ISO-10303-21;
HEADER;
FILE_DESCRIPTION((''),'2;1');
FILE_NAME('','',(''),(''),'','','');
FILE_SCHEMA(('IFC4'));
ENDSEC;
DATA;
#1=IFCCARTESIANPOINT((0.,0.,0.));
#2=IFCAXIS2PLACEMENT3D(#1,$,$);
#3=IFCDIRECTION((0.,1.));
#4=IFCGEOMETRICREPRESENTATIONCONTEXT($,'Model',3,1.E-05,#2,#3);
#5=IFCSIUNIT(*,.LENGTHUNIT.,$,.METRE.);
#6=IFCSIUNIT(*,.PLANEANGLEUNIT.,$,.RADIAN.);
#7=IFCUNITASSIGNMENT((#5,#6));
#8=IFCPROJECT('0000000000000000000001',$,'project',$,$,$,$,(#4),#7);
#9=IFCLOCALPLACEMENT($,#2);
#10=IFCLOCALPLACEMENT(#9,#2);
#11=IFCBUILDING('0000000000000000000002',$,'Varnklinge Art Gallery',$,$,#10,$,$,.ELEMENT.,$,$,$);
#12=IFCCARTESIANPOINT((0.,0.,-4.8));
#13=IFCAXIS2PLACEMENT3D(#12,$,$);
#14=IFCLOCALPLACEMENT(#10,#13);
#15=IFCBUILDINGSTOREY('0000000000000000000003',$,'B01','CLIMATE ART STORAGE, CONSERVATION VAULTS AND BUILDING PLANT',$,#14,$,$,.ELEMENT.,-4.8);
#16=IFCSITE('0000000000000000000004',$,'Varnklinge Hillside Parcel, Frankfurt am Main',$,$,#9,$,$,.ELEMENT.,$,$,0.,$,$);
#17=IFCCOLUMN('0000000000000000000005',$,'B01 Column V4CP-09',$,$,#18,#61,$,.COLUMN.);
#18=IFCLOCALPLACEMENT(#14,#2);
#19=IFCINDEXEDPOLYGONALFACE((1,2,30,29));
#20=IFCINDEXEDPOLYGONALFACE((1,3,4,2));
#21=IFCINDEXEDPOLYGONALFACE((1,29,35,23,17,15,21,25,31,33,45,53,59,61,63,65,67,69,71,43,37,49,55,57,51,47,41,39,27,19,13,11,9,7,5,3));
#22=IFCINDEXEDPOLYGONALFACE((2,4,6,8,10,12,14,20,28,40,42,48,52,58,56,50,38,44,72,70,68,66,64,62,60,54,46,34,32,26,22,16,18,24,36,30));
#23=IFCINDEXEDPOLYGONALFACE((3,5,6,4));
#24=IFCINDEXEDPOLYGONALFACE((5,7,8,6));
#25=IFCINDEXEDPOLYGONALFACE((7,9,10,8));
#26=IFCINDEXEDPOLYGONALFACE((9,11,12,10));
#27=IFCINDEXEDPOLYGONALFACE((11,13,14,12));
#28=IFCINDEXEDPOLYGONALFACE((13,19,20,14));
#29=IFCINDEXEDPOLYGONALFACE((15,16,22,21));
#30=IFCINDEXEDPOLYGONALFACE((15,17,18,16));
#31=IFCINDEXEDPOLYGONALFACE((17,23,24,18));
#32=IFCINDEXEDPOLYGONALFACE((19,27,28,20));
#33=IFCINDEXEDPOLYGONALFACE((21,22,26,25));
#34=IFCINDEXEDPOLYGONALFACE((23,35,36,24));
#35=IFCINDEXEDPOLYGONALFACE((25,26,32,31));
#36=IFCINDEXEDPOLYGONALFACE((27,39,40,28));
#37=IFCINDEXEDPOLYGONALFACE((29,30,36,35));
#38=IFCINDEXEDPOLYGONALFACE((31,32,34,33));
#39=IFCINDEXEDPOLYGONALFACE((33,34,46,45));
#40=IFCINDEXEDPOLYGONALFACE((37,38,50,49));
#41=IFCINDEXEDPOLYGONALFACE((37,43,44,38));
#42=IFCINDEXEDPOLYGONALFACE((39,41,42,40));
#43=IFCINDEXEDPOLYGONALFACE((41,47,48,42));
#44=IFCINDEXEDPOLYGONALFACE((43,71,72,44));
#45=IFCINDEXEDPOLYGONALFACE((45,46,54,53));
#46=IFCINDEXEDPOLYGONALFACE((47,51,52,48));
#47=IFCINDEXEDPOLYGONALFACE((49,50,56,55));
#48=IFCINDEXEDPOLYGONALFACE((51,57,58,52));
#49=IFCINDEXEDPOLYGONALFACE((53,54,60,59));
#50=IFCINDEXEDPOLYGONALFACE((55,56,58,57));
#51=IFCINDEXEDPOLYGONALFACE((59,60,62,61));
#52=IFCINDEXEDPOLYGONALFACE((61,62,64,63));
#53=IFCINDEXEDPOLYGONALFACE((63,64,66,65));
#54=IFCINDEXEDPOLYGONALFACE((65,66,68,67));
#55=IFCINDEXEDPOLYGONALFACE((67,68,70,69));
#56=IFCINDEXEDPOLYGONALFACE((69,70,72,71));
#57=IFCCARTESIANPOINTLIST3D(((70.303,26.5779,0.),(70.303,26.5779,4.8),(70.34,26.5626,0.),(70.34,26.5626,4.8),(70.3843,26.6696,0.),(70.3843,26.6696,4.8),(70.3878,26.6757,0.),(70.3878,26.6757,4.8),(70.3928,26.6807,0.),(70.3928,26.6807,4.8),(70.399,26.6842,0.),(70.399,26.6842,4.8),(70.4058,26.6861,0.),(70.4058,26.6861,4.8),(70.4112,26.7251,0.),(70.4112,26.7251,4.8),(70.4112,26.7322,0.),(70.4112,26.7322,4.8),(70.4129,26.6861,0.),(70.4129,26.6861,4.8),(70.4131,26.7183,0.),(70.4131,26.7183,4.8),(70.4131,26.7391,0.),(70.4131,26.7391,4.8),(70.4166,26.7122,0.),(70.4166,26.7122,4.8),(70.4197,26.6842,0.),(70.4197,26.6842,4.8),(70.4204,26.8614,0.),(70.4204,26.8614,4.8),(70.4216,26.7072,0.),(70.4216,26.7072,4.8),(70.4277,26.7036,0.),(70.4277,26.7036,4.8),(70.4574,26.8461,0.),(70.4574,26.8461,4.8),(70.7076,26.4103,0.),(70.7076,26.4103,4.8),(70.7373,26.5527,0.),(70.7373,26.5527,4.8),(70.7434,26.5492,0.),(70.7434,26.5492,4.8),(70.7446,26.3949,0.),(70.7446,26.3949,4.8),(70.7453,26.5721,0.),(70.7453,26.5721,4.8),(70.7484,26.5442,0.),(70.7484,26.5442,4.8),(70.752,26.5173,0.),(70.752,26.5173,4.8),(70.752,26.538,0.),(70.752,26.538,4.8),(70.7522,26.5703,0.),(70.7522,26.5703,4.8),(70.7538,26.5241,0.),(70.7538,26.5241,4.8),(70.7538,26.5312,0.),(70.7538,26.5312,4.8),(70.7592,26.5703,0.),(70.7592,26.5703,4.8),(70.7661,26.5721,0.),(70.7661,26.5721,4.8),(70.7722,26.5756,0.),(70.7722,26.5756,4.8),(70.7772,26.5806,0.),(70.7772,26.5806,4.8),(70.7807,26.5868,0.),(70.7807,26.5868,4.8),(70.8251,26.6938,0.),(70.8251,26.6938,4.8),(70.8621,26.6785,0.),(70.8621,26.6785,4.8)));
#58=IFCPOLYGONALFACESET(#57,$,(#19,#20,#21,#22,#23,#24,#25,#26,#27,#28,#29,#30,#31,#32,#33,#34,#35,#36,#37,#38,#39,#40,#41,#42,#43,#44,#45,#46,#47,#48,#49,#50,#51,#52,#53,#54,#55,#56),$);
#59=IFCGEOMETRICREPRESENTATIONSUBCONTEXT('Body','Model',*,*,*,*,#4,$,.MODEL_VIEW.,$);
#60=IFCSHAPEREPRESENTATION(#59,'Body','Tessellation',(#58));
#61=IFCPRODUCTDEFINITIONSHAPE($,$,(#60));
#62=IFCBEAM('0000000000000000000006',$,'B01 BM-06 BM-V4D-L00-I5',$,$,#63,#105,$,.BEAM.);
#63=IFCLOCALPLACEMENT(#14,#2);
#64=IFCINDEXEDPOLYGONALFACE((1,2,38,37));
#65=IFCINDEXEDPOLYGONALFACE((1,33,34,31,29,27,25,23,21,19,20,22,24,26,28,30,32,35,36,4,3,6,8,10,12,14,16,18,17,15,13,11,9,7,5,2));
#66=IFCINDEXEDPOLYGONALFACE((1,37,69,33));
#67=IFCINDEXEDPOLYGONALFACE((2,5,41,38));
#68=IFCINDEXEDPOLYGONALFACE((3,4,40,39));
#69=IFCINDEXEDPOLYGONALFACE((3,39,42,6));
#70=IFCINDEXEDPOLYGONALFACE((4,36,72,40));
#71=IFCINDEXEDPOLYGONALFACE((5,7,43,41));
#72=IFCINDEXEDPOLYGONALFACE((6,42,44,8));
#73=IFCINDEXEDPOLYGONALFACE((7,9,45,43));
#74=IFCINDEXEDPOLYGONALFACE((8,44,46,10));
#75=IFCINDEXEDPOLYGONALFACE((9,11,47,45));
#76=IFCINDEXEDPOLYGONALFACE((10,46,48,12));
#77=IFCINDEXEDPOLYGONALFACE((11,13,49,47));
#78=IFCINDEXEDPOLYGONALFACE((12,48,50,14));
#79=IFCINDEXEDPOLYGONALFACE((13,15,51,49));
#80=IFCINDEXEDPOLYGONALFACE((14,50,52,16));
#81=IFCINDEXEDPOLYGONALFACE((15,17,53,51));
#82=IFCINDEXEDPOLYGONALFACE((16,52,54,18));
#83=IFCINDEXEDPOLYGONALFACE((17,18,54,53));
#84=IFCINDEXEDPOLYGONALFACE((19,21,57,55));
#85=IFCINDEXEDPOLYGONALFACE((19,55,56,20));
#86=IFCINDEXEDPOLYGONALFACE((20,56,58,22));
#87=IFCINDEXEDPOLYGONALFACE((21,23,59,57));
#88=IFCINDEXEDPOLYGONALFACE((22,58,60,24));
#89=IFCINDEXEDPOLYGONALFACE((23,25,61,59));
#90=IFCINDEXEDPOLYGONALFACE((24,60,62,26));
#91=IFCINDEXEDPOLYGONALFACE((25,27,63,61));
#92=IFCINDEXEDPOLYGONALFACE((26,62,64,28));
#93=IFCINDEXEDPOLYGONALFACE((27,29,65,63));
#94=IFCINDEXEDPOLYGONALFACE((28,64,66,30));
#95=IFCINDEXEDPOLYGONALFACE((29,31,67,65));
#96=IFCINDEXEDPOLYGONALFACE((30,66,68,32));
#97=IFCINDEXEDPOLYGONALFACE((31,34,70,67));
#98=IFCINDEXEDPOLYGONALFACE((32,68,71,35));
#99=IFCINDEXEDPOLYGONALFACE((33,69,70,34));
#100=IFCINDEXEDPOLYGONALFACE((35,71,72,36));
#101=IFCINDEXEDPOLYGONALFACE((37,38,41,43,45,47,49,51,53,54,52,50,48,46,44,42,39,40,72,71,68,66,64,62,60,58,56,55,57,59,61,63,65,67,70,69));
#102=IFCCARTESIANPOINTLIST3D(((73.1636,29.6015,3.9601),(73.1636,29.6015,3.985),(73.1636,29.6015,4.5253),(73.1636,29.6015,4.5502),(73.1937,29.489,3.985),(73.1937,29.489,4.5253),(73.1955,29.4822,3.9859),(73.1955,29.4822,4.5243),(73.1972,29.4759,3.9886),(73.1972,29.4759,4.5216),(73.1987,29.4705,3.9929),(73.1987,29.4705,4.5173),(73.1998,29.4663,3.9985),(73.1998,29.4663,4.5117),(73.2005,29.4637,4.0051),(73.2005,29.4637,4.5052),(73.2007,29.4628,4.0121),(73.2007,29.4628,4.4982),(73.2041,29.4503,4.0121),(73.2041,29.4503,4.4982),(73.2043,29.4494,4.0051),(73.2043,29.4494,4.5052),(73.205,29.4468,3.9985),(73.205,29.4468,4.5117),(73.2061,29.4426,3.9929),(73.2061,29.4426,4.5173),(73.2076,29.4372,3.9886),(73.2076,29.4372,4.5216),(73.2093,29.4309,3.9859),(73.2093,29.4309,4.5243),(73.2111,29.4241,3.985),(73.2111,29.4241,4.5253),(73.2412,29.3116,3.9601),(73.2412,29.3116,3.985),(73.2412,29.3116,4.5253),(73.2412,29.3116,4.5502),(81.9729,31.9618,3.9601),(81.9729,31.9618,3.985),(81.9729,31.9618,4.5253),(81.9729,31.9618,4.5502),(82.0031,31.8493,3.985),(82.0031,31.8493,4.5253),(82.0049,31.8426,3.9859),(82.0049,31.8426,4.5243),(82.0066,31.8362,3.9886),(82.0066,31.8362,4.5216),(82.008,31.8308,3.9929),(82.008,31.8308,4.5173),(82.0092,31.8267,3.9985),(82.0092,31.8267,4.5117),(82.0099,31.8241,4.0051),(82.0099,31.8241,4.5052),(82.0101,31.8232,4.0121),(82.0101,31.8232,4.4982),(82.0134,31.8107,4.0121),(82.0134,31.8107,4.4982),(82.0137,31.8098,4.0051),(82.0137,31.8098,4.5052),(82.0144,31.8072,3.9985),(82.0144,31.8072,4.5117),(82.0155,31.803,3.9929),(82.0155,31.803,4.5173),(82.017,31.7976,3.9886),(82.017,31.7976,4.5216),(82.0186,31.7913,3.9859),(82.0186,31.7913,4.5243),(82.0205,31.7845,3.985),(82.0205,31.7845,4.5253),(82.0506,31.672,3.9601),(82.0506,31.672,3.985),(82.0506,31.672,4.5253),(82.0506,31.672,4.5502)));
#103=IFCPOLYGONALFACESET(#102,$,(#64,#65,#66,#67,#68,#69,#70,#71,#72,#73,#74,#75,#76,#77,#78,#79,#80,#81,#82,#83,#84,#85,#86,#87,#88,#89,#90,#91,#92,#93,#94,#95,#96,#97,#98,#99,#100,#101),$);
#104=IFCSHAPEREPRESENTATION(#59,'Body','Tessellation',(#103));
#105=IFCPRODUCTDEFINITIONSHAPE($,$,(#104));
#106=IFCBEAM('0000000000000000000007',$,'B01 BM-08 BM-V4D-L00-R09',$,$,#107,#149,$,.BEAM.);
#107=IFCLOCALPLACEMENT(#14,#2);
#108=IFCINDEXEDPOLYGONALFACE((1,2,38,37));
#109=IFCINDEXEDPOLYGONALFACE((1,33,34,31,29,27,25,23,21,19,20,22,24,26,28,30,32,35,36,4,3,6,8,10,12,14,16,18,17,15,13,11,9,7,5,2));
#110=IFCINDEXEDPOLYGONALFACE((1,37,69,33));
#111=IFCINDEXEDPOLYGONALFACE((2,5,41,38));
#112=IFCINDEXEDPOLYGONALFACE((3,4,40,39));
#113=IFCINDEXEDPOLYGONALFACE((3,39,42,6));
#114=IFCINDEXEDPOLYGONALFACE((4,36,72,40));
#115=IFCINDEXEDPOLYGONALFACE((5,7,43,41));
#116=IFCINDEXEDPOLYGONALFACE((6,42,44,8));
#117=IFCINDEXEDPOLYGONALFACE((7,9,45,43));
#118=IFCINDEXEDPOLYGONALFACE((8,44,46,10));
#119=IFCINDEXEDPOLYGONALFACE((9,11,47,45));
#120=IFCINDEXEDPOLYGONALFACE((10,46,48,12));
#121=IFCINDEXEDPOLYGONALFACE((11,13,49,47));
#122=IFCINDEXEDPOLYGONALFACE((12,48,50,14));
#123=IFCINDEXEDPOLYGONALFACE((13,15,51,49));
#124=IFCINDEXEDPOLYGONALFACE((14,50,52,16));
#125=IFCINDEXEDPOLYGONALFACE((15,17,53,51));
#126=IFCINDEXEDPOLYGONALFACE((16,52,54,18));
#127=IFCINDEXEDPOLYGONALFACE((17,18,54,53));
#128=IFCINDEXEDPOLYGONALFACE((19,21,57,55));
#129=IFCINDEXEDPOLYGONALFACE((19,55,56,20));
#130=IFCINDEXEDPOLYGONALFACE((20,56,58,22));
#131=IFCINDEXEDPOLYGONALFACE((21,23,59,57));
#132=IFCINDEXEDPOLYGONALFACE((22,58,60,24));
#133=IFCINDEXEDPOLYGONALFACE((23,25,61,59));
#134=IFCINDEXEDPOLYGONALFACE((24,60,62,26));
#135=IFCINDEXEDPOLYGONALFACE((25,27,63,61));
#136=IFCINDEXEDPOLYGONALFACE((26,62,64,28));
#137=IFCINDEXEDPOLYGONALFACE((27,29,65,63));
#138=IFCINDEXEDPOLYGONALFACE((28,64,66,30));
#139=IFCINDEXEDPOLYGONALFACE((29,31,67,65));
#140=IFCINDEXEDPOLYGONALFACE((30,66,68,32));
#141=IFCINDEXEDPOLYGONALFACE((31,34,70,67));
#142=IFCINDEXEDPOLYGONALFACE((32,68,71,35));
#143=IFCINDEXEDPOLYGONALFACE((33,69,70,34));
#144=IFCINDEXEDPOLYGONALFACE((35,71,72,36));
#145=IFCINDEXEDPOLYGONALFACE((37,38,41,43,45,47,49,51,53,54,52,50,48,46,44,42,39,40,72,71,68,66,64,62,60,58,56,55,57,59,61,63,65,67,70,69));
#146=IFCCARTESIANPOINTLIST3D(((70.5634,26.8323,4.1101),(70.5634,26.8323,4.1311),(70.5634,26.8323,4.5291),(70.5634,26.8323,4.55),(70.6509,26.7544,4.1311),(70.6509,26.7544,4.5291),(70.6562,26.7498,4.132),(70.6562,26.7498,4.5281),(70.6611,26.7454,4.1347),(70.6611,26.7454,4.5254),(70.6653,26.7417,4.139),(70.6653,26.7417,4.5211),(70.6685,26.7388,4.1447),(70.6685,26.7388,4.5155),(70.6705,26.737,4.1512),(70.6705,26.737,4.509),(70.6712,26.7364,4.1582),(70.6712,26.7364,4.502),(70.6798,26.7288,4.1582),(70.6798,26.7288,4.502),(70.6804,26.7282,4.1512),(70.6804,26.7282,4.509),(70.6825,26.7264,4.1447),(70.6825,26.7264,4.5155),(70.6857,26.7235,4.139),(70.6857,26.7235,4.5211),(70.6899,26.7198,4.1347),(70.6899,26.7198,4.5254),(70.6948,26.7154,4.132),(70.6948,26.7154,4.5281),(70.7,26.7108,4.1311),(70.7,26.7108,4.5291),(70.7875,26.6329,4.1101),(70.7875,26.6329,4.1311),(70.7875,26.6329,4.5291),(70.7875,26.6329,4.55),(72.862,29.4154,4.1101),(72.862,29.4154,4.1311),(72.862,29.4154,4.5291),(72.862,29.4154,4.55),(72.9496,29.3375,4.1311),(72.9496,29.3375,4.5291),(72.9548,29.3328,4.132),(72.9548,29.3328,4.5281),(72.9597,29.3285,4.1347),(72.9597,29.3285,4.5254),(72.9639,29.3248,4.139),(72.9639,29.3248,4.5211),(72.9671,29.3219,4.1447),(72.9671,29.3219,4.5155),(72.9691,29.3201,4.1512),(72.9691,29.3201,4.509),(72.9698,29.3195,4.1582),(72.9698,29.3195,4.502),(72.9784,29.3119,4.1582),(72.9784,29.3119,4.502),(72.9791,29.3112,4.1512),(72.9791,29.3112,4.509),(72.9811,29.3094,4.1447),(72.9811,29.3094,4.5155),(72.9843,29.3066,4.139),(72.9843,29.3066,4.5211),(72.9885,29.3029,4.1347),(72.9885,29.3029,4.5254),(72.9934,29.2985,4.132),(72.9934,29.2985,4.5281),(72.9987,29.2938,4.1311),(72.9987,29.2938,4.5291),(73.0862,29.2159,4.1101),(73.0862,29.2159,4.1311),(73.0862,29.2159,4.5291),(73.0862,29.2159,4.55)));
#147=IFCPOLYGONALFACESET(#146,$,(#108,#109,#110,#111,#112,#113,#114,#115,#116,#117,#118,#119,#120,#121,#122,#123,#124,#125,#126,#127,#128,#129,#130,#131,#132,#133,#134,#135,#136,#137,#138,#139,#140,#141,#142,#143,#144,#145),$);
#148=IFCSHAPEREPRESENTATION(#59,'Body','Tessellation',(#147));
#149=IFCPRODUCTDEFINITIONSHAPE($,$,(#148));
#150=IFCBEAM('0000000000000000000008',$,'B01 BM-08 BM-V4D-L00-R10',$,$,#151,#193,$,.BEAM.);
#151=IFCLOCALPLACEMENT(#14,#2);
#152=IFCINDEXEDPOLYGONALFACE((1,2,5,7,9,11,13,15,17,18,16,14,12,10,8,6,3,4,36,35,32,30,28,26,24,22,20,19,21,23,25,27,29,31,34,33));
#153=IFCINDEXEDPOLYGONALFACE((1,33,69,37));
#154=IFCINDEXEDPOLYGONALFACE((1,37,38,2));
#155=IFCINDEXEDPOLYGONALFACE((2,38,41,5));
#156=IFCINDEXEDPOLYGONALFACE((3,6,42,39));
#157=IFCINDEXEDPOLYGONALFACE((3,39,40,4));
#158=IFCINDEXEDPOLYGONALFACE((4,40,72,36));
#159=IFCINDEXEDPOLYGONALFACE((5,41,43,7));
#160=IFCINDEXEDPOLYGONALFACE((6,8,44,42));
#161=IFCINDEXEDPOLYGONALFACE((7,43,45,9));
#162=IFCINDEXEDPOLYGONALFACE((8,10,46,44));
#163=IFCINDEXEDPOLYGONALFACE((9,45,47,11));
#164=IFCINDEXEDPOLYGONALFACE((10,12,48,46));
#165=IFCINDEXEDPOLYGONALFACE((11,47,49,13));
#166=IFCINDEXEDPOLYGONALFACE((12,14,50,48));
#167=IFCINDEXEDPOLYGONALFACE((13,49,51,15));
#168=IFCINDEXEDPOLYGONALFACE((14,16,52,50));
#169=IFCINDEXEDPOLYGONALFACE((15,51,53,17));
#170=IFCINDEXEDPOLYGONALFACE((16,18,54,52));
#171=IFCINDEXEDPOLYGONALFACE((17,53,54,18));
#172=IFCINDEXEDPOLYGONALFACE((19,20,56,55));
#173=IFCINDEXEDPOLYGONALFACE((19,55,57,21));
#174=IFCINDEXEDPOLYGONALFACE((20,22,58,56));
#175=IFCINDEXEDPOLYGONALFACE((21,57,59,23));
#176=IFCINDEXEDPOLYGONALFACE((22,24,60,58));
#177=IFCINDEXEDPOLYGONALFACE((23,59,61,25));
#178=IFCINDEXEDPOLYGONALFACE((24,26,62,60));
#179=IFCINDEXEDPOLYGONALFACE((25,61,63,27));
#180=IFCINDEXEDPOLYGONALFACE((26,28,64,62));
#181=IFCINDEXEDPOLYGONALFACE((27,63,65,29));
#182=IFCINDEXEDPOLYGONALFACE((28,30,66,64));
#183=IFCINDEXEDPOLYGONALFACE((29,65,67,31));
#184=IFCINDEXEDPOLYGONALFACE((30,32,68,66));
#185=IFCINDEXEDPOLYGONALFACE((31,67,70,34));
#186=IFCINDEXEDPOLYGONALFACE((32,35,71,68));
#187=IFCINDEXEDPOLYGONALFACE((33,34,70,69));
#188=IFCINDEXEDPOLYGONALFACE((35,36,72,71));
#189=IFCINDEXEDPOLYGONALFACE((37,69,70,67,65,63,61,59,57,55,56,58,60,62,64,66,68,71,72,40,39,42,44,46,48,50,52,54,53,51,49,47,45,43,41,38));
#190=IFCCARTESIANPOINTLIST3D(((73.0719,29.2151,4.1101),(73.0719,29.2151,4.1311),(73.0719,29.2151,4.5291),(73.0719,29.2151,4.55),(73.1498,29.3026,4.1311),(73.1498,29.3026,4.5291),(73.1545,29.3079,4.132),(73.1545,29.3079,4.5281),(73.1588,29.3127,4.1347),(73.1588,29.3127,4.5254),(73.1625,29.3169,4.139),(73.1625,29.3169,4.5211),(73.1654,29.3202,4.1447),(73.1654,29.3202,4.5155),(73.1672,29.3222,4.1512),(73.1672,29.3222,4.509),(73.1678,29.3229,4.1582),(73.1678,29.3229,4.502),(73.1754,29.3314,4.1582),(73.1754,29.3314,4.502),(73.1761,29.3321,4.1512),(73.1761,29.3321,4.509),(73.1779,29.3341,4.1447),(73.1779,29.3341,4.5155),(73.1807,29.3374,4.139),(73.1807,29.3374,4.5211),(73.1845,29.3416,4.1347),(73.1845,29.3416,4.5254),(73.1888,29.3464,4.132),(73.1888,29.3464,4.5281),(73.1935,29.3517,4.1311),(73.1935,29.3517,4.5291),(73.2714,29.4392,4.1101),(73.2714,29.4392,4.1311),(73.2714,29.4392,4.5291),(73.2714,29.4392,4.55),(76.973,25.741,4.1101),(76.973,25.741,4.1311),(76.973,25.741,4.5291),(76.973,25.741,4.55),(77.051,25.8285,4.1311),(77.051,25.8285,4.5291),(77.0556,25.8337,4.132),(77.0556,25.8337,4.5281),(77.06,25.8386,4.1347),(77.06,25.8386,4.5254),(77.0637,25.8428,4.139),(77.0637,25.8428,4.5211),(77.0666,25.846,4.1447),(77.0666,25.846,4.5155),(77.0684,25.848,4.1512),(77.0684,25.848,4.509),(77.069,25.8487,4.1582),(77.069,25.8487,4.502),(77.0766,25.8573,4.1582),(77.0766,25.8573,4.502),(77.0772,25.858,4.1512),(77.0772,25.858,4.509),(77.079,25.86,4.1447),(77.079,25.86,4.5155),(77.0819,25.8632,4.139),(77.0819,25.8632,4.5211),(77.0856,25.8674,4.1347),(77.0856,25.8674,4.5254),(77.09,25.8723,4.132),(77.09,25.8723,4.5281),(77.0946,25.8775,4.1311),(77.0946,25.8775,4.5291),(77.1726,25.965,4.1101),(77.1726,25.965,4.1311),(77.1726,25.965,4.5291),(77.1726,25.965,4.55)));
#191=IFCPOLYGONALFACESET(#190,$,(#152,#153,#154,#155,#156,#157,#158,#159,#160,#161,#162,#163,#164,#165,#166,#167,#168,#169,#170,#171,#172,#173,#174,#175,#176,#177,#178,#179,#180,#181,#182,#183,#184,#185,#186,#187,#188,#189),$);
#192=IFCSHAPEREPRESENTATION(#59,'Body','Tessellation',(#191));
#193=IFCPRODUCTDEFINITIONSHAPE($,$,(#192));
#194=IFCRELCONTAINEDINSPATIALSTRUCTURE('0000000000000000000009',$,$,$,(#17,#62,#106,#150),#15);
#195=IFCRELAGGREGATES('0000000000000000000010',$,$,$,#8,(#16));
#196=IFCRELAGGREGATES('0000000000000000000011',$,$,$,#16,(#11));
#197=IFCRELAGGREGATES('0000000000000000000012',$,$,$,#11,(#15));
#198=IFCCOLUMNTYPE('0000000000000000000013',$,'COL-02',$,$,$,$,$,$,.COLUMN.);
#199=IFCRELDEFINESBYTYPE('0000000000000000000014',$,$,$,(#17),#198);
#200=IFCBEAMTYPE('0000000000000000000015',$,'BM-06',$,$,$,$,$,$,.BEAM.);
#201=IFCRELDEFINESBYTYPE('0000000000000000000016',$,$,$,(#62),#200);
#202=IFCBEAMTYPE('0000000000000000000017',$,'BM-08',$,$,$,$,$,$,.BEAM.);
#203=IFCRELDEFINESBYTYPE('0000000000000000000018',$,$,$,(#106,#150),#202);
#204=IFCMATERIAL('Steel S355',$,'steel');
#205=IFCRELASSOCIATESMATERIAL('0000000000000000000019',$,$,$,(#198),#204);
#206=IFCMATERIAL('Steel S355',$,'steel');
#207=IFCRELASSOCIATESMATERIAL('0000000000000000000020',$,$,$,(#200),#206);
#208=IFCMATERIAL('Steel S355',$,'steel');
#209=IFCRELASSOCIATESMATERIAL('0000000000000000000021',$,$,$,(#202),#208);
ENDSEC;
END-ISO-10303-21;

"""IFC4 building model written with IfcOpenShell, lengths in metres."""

from ifc_helpers import new_model, si_unit, direction, frame, origin, origin_2d, place, context, subcontext, project, spatial, i_section, extrude, material, material_profile, profile_set, type_object, element, save


model = new_model("IFC4")

# Units and contexts
model_context = context("Model", 3, precision=1e-05, world=origin(), true_north=direction((0.0, 1.0)))
body_context = subcontext(model_context, "Body", "Model", "MODEL_VIEW")
ifc_project = project(units=[si_unit("LENGTHUNIT", "METRE"), si_unit("PLANEANGLEUNIT", "RADIAN")], contexts=[model_context])

# Site, building, storey
site_placement = place(None, origin())
site = spatial("IfcSite", under=ifc_project, at=site_placement, Name="Varnklinge Hillside Parcel, Frankfurt am Main", CompositionType="ELEMENT", RefElevation=0.0)
building_placement = place(site_placement, origin())
building = spatial("IfcBuilding", under=site, at=building_placement, Name="Varnklinge Art Gallery", CompositionType="ELEMENT")
storey_placement = place(building_placement, frame((0.0, 0.0, -4.8)))
storey = spatial("IfcBuildingStorey", under=building, at=storey_placement, Name="B01", Description="CLIMATE ART STORAGE, CONSERVATION VAULTS AND BUILDING PLANT", CompositionType="ELEMENT", Elevation=-4.8)

# Column
ifc_material_1 = material(Name="Steel S355", Category="steel")
ifc_material_profile_1 = material_profile(ifc_material_1, i_section(OverallWidth=0.3069, OverallDepth=0.478, WebThickness=0.021, FlangeThickness=0.04, FilletRadius=0.0271, at=origin_2d()), Name="HEM 450")
ifc_profile_set_1 = profile_set([ifc_material_profile_1], Name="Steel S355")
column_type_1 = type_object("IfcColumnType", Name="COL-02", PredefinedType="COLUMN", material=ifc_profile_set_1)
column_1_placement = place(storey_placement, frame((70.5825, 26.6282, 0.0), z_axis=(0.0, 0.0, 1.0), x_axis=(-0.382683, -0.92388, 0.0)))
element("IfcColumn", 1, at=column_1_placement, inside=storey, type_object=column_type_1, Name="B01 Column V4CP-09", PredefinedType="COLUMN", context=body_context, shape_type="SweptSolid", body=[
    extrude(i_section(OverallWidth=0.3069, OverallDepth=0.478, WebThickness=0.021, FlangeThickness=0.04, FilletRadius=0.0271, at=origin_2d()), origin(), (0.0, 0.0, 1.0), 4.8),
])

# Beams
ifc_material_2 = material(Name="Steel S355", Category="steel")
ifc_material_profile_2 = material_profile(ifc_material_2, i_section(OverallWidth=0.3, OverallDepth=0.5901, WebThickness=0.0129, FlangeThickness=0.0249, FilletRadius=0.0271, at=origin_2d()), Name="HEA 600")
ifc_profile_set_2 = profile_set([ifc_material_profile_2], Name="Steel S355")
beam_type_1 = type_object("IfcBeamType", Name="BM-06", PredefinedType="BEAM", material=ifc_profile_set_2)
beam_1_placement = place(storey_placement, frame((73.2024, 29.4565, 4.2551), z_axis=(0.965929, 0.258809, 0.0), x_axis=(-0.258809, 0.965929, 0.0)))
element("IfcBeam", 2, at=beam_1_placement, inside=storey, type_object=beam_type_1, Name="B01 BM-06 BM-V4D-L00-I5", PredefinedType="BEAM", context=body_context, shape_type="SweptSolid", body=[
    extrude(i_section(OverallWidth=0.3, OverallDepth=0.5901, WebThickness=0.0129, FlangeThickness=0.0249, FilletRadius=0.0271, at=origin_2d()), origin(), (0.0, 0.0, 1.0), 9.1201),
])
ifc_material_3 = material(Name="Steel S355", Category="steel")
ifc_material_profile_3 = material_profile(ifc_material_3, i_section(OverallWidth=0.3, OverallDepth=0.4399, WebThickness=0.0115, FlangeThickness=0.021, FilletRadius=0.0271, at=origin_2d()), Name="HEA 450")
ifc_profile_set_3 = profile_set([ifc_material_profile_3], Name="Steel S355")
beam_type_2 = type_object("IfcBeamType", Name="BM-08", PredefinedType="BEAM", material=ifc_profile_set_3)
beam_2_placement = place(storey_placement, frame((72.9741, 29.3157, 4.3301), z_axis=(-0.66478, -0.747039, 0.0), x_axis=(0.747039, -0.66478, 0.0)))
element("IfcBeam", 3, at=beam_2_placement, inside=storey, type_object=beam_type_2, Name="B01 BM-08 BM-V4D-L00-R09", PredefinedType="BEAM", context=body_context, shape_type="SweptSolid", body=[
    extrude(i_section(OverallWidth=0.3, OverallDepth=0.4399, WebThickness=0.0115, FlangeThickness=0.021, FilletRadius=0.0271, at=origin_2d()), origin(), (0.0, 0.0, 1.0), 3.4578),
])
beam_3_placement = place(storey_placement, frame((73.1716, 29.3271, 4.3301), z_axis=(0.746795, -0.665054, 0.0), x_axis=(0.665054, 0.746795, 0.0)))
element("IfcBeam", 4, at=beam_3_placement, inside=storey, type_object=beam_type_2, Name="B01 BM-08 BM-V4D-L00-R10", PredefinedType="BEAM", context=body_context, shape_type="SweptSolid", body=[
    extrude(i_section(OverallWidth=0.3, OverallDepth=0.4399, WebThickness=0.0115, FlangeThickness=0.021, FilletRadius=0.0271, at=origin_2d()), origin(), (0.0, 0.0, 1.0), 5.2239),
])

save(model, "model.ifc")
